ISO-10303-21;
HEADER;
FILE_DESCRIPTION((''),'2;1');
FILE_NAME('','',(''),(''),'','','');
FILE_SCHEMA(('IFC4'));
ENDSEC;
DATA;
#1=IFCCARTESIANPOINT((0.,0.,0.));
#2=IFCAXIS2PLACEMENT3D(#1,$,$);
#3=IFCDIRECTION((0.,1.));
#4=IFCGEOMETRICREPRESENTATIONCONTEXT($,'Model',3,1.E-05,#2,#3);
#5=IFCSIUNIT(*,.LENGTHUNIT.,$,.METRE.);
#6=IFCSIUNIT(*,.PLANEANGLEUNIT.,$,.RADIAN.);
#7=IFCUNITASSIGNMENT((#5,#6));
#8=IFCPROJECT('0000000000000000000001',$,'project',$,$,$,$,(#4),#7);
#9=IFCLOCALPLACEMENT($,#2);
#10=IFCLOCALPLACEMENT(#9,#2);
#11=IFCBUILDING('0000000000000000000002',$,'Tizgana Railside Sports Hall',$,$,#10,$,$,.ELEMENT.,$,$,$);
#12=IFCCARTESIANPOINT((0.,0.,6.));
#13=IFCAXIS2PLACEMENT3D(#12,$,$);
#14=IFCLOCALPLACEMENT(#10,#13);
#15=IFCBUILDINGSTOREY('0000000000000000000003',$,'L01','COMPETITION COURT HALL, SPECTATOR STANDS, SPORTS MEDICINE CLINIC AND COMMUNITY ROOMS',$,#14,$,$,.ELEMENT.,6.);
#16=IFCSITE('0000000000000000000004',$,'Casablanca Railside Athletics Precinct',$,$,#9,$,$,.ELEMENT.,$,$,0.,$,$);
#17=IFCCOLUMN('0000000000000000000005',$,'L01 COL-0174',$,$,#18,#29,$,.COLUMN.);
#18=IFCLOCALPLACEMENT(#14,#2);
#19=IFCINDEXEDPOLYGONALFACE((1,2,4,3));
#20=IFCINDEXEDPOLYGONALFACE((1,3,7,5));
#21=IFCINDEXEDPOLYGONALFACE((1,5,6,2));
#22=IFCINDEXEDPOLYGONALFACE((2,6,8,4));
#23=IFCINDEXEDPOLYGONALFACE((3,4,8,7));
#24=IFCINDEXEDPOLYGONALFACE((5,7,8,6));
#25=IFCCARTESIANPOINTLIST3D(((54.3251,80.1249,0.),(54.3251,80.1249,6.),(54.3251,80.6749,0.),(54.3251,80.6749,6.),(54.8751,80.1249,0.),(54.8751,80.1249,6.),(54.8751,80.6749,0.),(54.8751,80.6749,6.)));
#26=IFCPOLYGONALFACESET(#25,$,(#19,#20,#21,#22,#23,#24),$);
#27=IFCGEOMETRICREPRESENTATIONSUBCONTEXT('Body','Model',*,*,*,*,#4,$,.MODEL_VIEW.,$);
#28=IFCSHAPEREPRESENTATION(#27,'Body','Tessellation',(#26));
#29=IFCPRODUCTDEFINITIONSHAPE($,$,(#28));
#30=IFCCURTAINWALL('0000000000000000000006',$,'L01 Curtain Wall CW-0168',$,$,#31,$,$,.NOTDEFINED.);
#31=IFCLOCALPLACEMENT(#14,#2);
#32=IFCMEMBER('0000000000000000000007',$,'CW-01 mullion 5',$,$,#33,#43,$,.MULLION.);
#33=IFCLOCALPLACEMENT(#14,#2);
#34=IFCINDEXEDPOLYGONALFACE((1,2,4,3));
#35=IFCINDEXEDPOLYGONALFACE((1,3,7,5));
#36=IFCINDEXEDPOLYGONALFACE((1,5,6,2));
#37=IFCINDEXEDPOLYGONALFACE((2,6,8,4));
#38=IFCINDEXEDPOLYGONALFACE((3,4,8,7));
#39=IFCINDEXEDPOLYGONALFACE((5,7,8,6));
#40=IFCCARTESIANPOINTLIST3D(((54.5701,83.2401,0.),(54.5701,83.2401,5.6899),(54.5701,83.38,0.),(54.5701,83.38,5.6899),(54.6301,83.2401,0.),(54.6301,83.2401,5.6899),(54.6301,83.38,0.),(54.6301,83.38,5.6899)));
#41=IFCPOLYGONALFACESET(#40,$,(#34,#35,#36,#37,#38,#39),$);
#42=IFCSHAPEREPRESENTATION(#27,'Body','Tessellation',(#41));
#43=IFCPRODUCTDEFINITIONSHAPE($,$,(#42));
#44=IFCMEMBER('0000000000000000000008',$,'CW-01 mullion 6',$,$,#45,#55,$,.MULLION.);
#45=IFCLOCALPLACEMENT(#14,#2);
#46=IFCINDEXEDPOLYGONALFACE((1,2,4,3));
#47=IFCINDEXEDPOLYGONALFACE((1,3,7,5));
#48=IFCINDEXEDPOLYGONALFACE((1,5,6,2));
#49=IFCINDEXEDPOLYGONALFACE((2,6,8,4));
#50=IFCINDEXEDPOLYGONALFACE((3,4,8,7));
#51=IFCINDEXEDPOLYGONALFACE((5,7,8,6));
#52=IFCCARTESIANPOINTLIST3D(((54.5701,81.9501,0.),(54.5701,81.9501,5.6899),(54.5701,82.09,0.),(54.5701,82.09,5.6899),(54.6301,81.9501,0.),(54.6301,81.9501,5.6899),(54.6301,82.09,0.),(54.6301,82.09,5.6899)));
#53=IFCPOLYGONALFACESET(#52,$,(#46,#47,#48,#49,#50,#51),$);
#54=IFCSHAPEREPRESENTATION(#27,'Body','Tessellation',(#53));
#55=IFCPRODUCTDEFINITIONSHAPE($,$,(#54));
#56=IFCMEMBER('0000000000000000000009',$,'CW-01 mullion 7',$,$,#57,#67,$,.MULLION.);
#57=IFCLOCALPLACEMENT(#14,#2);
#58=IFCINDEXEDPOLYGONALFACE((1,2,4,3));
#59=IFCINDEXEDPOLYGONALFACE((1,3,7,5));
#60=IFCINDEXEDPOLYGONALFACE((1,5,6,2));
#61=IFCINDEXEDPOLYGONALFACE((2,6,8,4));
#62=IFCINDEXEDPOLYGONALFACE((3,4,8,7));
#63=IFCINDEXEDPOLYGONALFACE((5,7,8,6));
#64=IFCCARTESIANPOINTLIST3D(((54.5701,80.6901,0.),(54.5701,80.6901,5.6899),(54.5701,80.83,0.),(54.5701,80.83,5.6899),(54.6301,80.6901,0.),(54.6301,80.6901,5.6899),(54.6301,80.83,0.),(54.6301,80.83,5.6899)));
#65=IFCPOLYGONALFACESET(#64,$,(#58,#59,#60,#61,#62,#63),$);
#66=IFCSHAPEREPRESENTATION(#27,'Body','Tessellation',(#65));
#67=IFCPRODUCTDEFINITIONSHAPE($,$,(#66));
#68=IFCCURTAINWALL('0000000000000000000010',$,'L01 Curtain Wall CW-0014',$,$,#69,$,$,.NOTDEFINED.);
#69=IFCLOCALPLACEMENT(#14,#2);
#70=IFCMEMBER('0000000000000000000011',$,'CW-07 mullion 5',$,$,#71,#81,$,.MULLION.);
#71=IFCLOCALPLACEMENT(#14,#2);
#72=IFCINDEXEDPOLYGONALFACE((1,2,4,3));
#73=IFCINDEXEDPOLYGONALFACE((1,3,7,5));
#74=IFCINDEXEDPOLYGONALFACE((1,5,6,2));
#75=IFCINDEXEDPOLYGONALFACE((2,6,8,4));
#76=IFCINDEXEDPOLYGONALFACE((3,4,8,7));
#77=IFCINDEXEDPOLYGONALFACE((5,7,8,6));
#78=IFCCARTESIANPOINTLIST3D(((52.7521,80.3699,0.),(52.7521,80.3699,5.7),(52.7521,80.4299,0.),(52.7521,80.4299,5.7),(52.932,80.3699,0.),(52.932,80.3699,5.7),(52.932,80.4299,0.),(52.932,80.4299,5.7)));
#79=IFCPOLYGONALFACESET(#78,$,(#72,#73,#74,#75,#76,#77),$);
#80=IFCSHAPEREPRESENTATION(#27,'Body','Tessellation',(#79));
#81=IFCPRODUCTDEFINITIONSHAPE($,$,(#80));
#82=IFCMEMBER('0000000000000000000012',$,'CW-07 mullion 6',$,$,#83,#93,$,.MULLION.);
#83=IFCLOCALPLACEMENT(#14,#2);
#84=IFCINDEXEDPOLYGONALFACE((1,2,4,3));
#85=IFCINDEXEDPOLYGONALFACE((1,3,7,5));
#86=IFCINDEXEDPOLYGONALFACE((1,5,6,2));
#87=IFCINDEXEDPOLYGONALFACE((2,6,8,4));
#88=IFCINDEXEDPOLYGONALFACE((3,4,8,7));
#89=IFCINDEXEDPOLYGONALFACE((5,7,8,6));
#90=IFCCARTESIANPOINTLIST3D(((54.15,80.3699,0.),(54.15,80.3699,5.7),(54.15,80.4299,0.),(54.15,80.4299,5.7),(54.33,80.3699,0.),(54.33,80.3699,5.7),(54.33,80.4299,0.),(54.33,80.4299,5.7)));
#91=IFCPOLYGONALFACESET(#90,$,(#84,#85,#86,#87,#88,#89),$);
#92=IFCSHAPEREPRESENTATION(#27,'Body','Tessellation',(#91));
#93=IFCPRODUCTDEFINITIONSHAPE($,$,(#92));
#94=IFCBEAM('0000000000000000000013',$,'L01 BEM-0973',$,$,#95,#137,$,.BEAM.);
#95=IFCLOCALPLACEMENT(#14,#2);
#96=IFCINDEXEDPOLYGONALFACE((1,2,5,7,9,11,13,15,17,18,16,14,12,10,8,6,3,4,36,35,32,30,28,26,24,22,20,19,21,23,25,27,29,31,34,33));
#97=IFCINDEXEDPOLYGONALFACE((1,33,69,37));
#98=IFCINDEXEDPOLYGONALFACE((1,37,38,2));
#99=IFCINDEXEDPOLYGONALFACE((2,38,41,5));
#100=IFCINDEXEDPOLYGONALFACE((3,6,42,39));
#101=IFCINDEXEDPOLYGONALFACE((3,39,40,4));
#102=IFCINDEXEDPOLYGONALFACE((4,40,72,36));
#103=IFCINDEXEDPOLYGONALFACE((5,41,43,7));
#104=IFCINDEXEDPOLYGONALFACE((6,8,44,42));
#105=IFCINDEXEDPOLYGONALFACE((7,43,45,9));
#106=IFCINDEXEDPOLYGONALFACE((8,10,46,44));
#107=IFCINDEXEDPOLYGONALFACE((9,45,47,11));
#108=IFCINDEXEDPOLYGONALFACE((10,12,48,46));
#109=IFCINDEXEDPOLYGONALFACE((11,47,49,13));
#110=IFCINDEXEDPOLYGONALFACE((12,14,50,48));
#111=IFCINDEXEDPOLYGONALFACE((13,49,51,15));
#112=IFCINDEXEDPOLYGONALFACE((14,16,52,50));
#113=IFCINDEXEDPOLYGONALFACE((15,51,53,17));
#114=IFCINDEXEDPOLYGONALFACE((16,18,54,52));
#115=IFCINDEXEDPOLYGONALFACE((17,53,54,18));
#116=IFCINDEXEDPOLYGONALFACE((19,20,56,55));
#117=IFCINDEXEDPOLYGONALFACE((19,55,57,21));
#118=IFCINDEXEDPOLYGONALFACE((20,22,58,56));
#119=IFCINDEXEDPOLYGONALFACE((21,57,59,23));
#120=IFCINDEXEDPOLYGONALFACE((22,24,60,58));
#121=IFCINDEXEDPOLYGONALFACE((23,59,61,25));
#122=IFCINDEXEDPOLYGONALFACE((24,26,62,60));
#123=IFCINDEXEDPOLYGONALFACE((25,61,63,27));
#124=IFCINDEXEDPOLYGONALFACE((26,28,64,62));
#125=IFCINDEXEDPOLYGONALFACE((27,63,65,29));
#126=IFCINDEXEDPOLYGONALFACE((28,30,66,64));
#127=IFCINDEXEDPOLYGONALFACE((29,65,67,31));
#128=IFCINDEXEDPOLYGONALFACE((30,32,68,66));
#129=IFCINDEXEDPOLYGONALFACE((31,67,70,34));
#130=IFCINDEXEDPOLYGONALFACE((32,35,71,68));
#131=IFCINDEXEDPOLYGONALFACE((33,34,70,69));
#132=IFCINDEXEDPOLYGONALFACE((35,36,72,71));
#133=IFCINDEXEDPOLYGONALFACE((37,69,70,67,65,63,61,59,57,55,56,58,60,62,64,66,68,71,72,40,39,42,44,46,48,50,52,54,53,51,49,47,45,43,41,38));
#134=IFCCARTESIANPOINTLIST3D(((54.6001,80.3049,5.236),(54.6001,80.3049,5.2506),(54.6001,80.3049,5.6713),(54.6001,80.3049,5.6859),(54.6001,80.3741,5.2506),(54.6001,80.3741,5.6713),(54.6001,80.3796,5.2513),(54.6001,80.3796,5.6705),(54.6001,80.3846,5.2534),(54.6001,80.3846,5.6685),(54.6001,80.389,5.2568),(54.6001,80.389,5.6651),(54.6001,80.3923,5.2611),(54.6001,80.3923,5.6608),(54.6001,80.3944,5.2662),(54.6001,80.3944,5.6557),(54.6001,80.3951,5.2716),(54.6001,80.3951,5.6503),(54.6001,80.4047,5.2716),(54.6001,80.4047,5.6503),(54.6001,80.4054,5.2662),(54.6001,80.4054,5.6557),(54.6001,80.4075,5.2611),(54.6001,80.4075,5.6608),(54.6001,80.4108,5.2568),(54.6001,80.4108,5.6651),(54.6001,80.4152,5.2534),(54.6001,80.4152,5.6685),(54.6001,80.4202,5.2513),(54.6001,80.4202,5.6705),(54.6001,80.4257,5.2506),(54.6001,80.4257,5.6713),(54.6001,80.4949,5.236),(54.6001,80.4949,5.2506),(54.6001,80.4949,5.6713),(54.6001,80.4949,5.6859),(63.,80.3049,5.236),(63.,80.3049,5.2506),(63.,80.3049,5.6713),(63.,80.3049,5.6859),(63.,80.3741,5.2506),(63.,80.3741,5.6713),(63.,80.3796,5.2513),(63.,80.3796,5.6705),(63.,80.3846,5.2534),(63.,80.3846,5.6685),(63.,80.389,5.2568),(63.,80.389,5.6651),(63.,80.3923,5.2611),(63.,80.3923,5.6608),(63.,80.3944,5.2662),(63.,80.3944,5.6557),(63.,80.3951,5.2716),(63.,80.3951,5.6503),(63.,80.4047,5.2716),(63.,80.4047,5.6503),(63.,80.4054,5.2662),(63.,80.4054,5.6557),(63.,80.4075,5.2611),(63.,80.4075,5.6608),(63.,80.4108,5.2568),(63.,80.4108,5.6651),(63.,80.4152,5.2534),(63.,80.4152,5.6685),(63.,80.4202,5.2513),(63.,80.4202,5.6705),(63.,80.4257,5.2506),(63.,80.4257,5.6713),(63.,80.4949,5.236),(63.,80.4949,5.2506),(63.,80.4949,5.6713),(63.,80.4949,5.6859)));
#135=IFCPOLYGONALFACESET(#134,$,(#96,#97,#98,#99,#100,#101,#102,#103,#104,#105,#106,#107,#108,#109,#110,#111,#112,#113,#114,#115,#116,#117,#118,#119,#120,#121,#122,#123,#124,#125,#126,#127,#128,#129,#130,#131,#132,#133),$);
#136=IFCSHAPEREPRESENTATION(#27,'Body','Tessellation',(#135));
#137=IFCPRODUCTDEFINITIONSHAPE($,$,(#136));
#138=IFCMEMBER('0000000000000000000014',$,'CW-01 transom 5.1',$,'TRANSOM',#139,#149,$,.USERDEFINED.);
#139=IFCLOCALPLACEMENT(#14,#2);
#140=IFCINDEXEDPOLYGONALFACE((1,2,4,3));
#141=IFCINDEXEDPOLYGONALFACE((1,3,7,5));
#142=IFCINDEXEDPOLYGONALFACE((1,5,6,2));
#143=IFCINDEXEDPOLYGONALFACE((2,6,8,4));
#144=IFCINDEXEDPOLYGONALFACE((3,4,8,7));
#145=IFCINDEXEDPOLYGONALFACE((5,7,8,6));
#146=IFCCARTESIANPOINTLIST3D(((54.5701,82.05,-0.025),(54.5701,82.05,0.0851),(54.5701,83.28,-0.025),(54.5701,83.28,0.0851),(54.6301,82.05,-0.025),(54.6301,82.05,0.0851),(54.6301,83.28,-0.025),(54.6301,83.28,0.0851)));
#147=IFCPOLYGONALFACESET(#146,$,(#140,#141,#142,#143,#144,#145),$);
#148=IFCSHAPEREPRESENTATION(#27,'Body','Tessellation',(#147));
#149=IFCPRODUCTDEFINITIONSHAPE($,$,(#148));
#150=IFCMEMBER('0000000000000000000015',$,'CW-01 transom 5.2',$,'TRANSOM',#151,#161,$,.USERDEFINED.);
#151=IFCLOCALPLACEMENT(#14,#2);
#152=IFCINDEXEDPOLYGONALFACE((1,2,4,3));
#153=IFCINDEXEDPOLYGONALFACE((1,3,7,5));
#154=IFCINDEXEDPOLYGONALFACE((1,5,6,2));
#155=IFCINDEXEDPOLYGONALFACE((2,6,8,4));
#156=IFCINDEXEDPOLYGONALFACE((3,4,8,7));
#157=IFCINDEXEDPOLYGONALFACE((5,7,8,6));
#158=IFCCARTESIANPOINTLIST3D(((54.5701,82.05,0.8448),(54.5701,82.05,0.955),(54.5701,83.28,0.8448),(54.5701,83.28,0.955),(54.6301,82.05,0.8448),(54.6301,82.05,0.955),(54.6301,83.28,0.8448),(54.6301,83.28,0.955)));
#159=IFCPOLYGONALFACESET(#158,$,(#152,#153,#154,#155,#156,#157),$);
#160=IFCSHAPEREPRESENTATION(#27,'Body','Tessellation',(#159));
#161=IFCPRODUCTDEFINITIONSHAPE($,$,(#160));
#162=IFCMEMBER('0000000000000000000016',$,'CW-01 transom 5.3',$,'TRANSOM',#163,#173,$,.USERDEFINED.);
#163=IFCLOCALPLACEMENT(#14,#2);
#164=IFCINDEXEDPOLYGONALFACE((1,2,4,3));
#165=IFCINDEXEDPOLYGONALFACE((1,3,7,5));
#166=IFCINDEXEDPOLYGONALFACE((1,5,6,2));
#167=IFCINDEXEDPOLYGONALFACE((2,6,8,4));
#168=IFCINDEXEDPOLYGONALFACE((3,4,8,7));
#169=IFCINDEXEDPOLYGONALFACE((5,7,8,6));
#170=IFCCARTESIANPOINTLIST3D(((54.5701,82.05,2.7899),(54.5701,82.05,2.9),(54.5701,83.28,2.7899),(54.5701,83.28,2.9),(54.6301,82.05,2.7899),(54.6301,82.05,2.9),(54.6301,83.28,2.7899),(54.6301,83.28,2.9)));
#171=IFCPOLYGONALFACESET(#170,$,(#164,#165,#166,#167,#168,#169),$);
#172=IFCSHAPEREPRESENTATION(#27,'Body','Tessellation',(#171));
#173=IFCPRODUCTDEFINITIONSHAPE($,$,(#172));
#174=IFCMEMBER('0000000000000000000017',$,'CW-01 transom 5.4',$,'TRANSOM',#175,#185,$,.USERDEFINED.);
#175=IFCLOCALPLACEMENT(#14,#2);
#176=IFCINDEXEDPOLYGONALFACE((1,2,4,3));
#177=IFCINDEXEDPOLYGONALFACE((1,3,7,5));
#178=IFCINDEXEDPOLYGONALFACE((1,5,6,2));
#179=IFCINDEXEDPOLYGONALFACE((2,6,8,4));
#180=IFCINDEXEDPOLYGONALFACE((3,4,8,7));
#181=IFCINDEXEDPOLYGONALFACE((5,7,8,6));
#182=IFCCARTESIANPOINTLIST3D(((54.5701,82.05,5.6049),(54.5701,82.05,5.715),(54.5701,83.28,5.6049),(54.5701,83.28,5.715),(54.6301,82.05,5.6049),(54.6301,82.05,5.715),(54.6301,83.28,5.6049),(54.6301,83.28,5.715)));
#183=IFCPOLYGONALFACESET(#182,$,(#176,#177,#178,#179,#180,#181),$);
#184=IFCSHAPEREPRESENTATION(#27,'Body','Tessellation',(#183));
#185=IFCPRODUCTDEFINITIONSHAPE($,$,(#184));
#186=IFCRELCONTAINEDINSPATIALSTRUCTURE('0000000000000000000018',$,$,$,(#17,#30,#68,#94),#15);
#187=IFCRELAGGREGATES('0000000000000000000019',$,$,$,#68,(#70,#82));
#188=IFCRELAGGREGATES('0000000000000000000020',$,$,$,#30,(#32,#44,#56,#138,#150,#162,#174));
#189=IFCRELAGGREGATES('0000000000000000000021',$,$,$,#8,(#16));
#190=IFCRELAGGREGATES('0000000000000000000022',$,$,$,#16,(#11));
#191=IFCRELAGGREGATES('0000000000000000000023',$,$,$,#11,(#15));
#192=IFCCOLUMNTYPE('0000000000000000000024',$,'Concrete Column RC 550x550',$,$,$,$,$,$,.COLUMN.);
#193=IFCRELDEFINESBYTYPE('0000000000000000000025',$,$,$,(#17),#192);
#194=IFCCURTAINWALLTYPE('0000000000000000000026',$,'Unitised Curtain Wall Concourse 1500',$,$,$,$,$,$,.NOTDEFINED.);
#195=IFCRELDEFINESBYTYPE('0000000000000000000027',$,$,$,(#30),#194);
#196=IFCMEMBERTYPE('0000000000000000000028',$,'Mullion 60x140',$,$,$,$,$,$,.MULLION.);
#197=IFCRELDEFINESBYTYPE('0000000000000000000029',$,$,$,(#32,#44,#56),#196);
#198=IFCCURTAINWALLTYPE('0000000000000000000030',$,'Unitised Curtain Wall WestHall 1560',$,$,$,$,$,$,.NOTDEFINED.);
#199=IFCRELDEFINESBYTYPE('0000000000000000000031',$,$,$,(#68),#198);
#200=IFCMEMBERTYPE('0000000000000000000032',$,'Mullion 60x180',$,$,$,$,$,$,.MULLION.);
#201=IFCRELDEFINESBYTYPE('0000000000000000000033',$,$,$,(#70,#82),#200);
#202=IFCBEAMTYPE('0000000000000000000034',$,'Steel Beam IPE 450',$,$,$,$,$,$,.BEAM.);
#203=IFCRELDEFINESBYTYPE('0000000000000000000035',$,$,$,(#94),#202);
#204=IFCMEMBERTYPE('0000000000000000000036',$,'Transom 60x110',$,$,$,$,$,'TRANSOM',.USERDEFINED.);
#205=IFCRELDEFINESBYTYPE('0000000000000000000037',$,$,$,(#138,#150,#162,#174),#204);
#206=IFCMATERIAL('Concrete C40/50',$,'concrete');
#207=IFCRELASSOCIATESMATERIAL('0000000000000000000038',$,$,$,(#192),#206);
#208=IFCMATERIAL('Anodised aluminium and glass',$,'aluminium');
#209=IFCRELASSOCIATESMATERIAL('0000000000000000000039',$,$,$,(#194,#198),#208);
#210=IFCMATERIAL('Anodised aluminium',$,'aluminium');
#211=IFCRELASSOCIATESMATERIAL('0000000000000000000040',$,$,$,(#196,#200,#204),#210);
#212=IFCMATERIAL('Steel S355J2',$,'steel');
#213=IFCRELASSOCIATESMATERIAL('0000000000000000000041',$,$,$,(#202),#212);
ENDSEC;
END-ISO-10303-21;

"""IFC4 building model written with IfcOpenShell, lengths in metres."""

from ifc_helpers import new_model, si_unit, direction, frame, origin, origin_2d, place, context, subcontext, project, spatial, rectangle, i_section, extrude, material, material_profile, profile_set, type_object, element, aggregate, save


model = new_model("IFC4")

# Units and contexts
model_context = context("Model", 3, precision=1e-05, world=origin(), true_north=direction((0.0, 1.0)))
body_context = subcontext(model_context, "Body", "Model", "MODEL_VIEW")
ifc_project = project(units=[si_unit("LENGTHUNIT", "METRE"), si_unit("PLANEANGLEUNIT", "RADIAN")], contexts=[model_context])

# Site, building, storey
site_placement = place(None, origin())
site = spatial("IfcSite", under=ifc_project, at=site_placement, Name="Casablanca Railside Athletics Precinct", CompositionType="ELEMENT", RefElevation=0.0)
building_placement = place(site_placement, origin())
building = spatial("IfcBuilding", under=site, at=building_placement, Name="Tizgana Railside Sports Hall", CompositionType="ELEMENT")
storey_placement = place(building_placement, frame((0.0, 0.0, 6.0)))
storey = spatial("IfcBuildingStorey", under=building, at=storey_placement, Name="L01", Description="COMPETITION COURT HALL, SPECTATOR STANDS, SPORTS MEDICINE CLINIC AND COMMUNITY ROOMS", CompositionType="ELEMENT", Elevation=6.0)

# Column
ifc_material_1 = material(Name="Concrete C40/50", Category="concrete")
ifc_material_profile_1 = material_profile(ifc_material_1, rectangle(XDim=0.55, YDim=0.55, at=origin_2d()), Name="RC 550x550")
ifc_profile_set_1 = profile_set([ifc_material_profile_1], Name="Concrete C40/50")
column_type = type_object("IfcColumnType", Name="Concrete Column RC 550x550", PredefinedType="COLUMN", material=ifc_profile_set_1)
column_placement = place(storey_placement, frame((54.6001, 80.3999, 0.0), z_axis=(0.0, 0.0, 1.0), x_axis=(1.0, 0.0, 0.0)))
element("IfcColumn", 1, at=column_placement, inside=storey, type_object=column_type, Name="L01 COL-0174", PredefinedType="COLUMN", context=body_context, shape_type="SweptSolid", body=[
    extrude(rectangle(XDim=0.55, YDim=0.55, at=origin_2d()), origin(), (0.0, 0.0, 1.0), 6.0),
])

# Curtain walls, members
ifc_material_2 = material(Name="Anodised aluminium and glass", Category="aluminium")
curtain_wall_type_1 = type_object("IfcCurtainWallType", Name="Unitised Curtain Wall Concourse 1500", PredefinedType="NOTDEFINED", material=ifc_material_2)
curtain_wall_1_placement = place(storey_placement, origin())
curtain_wall_1 = element("IfcCurtainWall", 2, at=curtain_wall_1_placement, inside=storey, type_object=curtain_wall_type_1, Name="L01 Curtain Wall CW-0168", PredefinedType="NOTDEFINED")
ifc_material_3 = material(Name="Anodised aluminium", Category="aluminium")
ifc_material_profile_2 = material_profile(ifc_material_3, rectangle(XDim=0.0601, YDim=0.1399, at=origin_2d()), Name="Mullion 60x140")
ifc_profile_set_2 = profile_set([ifc_material_profile_2], Name="Anodised aluminium")
member_type_1 = type_object("IfcMemberType", Name="Mullion 60x140", PredefinedType="MULLION", material=ifc_profile_set_2)
member_1_placement = place(storey_placement, frame((54.6001, 83.3101, 0.0), z_axis=(0.0, 0.0, 1.0), x_axis=(1.0, 0.0, 0.0)))
member_1 = element("IfcMember", 3, at=member_1_placement, type_object=member_type_1, Name="CW-01 mullion 5", PredefinedType="MULLION", context=body_context, shape_type="SweptSolid", body=[
    extrude(rectangle(XDim=0.0601, YDim=0.1399, at=origin_2d()), origin(), (0.0, 0.0, 1.0), 5.6899),
])
member_2_placement = place(storey_placement, frame((54.6001, 82.02, 0.0), z_axis=(0.0, 0.0, 1.0), x_axis=(1.0, 0.0, 0.0)))
member_2 = element("IfcMember", 4, at=member_2_placement, type_object=member_type_1, Name="CW-01 mullion 6", PredefinedType="MULLION", context=body_context, shape_type="SweptSolid", body=[
    extrude(rectangle(XDim=0.0601, YDim=0.1399, at=origin_2d()), origin(), (0.0, 0.0, 1.0), 5.6899),
])
member_3_placement = place(storey_placement, frame((54.6001, 80.76, 0.0), z_axis=(0.0, 0.0, 1.0), x_axis=(1.0, 0.0, 0.0)))
member_3 = element("IfcMember", 5, at=member_3_placement, type_object=member_type_1, Name="CW-01 mullion 7", PredefinedType="MULLION", context=body_context, shape_type="SweptSolid", body=[
    extrude(rectangle(XDim=0.0601, YDim=0.1399, at=origin_2d()), origin(), (0.0, 0.0, 1.0), 5.6899),
])
curtain_wall_type_2 = type_object("IfcCurtainWallType", Name="Unitised Curtain Wall WestHall 1560", PredefinedType="NOTDEFINED", material=ifc_material_2)
curtain_wall_2_placement = place(storey_placement, origin())
curtain_wall_2 = element("IfcCurtainWall", 6, at=curtain_wall_2_placement, inside=storey, type_object=curtain_wall_type_2, Name="L01 Curtain Wall CW-0014", PredefinedType="NOTDEFINED")
ifc_material_profile_3 = material_profile(ifc_material_3, rectangle(XDim=0.0601, YDim=0.1799, at=origin_2d()), Name="Mullion 60x180")
ifc_profile_set_3 = profile_set([ifc_material_profile_3], Name="Anodised aluminium")
member_type_2 = type_object("IfcMemberType", Name="Mullion 60x180", PredefinedType="MULLION", material=ifc_profile_set_3)
member_4_placement = place(storey_placement, frame((52.842, 80.3999, 0.0), z_axis=(0.0, 0.0, 1.0), x_axis=(0.0, 1.0, 0.0)))
member_4 = element("IfcMember", 7, at=member_4_placement, type_object=member_type_2, Name="CW-07 mullion 5", PredefinedType="MULLION", context=body_context, shape_type="SweptSolid", body=[
    extrude(rectangle(XDim=0.0601, YDim=0.1799, at=origin_2d()), origin(), (0.0, 0.0, 1.0), 5.7),
])
member_5_placement = place(storey_placement, frame((54.24, 80.3999, 0.0), z_axis=(0.0, 0.0, 1.0), x_axis=(0.0, 1.0, 0.0)))
member_5 = element("IfcMember", 8, at=member_5_placement, type_object=member_type_2, Name="CW-07 mullion 6", PredefinedType="MULLION", context=body_context, shape_type="SweptSolid", body=[
    extrude(rectangle(XDim=0.0601, YDim=0.1799, at=origin_2d()), origin(), (0.0, 0.0, 1.0), 5.7),
])

# Beam
ifc_material_4 = material(Name="Steel S355J2", Category="steel")
ifc_material_profile_4 = material_profile(ifc_material_4, i_section(OverallWidth=0.1899, OverallDepth=0.45, WebThickness=0.0095, FlangeThickness=0.0146, FilletRadius=0.021, at=origin_2d()), Name="IPE 450")
ifc_profile_set_4 = profile_set([ifc_material_profile_4], Name="Steel S355J2")
beam_type = type_object("IfcBeamType", Name="Steel Beam IPE 450", PredefinedType="BEAM", material=ifc_profile_set_4)
beam_placement = place(storey_placement, frame((54.6001, 80.3999, 5.4609), z_axis=(1.0, 0.0, 0.0), x_axis=(0.0, 1.0, 0.0)))
element("IfcBeam", 9, at=beam_placement, inside=storey, type_object=beam_type, Name="L01 BEM-0973", PredefinedType="BEAM", context=body_context, shape_type="SweptSolid", body=[
    extrude(i_section(OverallWidth=0.1899, OverallDepth=0.45, WebThickness=0.0095, FlangeThickness=0.0146, FilletRadius=0.021, at=origin_2d()), origin(), (0.0, 0.0, 1.0), 8.3999),
])

# Members
ifc_material_profile_5 = material_profile(ifc_material_3, rectangle(XDim=0.0601, YDim=0.1101, at=origin_2d()), Name="Transom 60x110")
ifc_profile_set_5 = profile_set([ifc_material_profile_5], Name="Anodised aluminium")
member_type_3 = type_object("IfcMemberType", Name="Transom 60x110", ElementType="TRANSOM", PredefinedType="USERDEFINED", material=ifc_profile_set_5)
member_6_placement = place(storey_placement, frame((54.6001, 83.28, 0.03), z_axis=(0.0, -1.0, 0.0), x_axis=(1.0, 0.0, 0.0)))
member_6 = element("IfcMember", 10, at=member_6_placement, type_object=member_type_3, Name="CW-01 transom 5.1", ObjectType="TRANSOM", PredefinedType="USERDEFINED", context=body_context, shape_type="SweptSolid", body=[
    extrude(rectangle(XDim=0.0601, YDim=0.1101, at=origin_2d()), origin(), (0.0, 0.0, 1.0), 1.23),
])
member_7_placement = place(storey_placement, frame((54.6001, 83.28, 0.8999), z_axis=(0.0, -1.0, 0.0), x_axis=(1.0, 0.0, 0.0)))
member_7 = element("IfcMember", 11, at=member_7_placement, type_object=member_type_3, Name="CW-01 transom 5.2", ObjectType="TRANSOM", PredefinedType="USERDEFINED", context=body_context, shape_type="SweptSolid", body=[
    extrude(rectangle(XDim=0.0601, YDim=0.1101, at=origin_2d()), origin(), (0.0, 0.0, 1.0), 1.23),
])
member_8_placement = place(storey_placement, frame((54.6001, 83.28, 2.845), z_axis=(0.0, -1.0, 0.0), x_axis=(1.0, 0.0, 0.0)))
member_8 = element("IfcMember", 12, at=member_8_placement, type_object=member_type_3, Name="CW-01 transom 5.3", ObjectType="TRANSOM", PredefinedType="USERDEFINED", context=body_context, shape_type="SweptSolid", body=[
    extrude(rectangle(XDim=0.0601, YDim=0.1101, at=origin_2d()), origin(), (0.0, 0.0, 1.0), 1.23),
])
member_9_placement = place(storey_placement, frame((54.6001, 83.28, 5.6599), z_axis=(0.0, -1.0, 0.0), x_axis=(1.0, 0.0, 0.0)))
member_9 = element("IfcMember", 13, at=member_9_placement, type_object=member_type_3, Name="CW-01 transom 5.4", ObjectType="TRANSOM", PredefinedType="USERDEFINED", context=body_context, shape_type="SweptSolid", body=[
    extrude(rectangle(XDim=0.0601, YDim=0.1101, at=origin_2d()), origin(), (0.0, 0.0, 1.0), 1.23),
])

aggregate(curtain_wall_2, [member_4, member_5])
aggregate(curtain_wall_1, [member_1, member_2, member_3, member_6, member_7, member_8, member_9])

save(model, "model.ifc")
